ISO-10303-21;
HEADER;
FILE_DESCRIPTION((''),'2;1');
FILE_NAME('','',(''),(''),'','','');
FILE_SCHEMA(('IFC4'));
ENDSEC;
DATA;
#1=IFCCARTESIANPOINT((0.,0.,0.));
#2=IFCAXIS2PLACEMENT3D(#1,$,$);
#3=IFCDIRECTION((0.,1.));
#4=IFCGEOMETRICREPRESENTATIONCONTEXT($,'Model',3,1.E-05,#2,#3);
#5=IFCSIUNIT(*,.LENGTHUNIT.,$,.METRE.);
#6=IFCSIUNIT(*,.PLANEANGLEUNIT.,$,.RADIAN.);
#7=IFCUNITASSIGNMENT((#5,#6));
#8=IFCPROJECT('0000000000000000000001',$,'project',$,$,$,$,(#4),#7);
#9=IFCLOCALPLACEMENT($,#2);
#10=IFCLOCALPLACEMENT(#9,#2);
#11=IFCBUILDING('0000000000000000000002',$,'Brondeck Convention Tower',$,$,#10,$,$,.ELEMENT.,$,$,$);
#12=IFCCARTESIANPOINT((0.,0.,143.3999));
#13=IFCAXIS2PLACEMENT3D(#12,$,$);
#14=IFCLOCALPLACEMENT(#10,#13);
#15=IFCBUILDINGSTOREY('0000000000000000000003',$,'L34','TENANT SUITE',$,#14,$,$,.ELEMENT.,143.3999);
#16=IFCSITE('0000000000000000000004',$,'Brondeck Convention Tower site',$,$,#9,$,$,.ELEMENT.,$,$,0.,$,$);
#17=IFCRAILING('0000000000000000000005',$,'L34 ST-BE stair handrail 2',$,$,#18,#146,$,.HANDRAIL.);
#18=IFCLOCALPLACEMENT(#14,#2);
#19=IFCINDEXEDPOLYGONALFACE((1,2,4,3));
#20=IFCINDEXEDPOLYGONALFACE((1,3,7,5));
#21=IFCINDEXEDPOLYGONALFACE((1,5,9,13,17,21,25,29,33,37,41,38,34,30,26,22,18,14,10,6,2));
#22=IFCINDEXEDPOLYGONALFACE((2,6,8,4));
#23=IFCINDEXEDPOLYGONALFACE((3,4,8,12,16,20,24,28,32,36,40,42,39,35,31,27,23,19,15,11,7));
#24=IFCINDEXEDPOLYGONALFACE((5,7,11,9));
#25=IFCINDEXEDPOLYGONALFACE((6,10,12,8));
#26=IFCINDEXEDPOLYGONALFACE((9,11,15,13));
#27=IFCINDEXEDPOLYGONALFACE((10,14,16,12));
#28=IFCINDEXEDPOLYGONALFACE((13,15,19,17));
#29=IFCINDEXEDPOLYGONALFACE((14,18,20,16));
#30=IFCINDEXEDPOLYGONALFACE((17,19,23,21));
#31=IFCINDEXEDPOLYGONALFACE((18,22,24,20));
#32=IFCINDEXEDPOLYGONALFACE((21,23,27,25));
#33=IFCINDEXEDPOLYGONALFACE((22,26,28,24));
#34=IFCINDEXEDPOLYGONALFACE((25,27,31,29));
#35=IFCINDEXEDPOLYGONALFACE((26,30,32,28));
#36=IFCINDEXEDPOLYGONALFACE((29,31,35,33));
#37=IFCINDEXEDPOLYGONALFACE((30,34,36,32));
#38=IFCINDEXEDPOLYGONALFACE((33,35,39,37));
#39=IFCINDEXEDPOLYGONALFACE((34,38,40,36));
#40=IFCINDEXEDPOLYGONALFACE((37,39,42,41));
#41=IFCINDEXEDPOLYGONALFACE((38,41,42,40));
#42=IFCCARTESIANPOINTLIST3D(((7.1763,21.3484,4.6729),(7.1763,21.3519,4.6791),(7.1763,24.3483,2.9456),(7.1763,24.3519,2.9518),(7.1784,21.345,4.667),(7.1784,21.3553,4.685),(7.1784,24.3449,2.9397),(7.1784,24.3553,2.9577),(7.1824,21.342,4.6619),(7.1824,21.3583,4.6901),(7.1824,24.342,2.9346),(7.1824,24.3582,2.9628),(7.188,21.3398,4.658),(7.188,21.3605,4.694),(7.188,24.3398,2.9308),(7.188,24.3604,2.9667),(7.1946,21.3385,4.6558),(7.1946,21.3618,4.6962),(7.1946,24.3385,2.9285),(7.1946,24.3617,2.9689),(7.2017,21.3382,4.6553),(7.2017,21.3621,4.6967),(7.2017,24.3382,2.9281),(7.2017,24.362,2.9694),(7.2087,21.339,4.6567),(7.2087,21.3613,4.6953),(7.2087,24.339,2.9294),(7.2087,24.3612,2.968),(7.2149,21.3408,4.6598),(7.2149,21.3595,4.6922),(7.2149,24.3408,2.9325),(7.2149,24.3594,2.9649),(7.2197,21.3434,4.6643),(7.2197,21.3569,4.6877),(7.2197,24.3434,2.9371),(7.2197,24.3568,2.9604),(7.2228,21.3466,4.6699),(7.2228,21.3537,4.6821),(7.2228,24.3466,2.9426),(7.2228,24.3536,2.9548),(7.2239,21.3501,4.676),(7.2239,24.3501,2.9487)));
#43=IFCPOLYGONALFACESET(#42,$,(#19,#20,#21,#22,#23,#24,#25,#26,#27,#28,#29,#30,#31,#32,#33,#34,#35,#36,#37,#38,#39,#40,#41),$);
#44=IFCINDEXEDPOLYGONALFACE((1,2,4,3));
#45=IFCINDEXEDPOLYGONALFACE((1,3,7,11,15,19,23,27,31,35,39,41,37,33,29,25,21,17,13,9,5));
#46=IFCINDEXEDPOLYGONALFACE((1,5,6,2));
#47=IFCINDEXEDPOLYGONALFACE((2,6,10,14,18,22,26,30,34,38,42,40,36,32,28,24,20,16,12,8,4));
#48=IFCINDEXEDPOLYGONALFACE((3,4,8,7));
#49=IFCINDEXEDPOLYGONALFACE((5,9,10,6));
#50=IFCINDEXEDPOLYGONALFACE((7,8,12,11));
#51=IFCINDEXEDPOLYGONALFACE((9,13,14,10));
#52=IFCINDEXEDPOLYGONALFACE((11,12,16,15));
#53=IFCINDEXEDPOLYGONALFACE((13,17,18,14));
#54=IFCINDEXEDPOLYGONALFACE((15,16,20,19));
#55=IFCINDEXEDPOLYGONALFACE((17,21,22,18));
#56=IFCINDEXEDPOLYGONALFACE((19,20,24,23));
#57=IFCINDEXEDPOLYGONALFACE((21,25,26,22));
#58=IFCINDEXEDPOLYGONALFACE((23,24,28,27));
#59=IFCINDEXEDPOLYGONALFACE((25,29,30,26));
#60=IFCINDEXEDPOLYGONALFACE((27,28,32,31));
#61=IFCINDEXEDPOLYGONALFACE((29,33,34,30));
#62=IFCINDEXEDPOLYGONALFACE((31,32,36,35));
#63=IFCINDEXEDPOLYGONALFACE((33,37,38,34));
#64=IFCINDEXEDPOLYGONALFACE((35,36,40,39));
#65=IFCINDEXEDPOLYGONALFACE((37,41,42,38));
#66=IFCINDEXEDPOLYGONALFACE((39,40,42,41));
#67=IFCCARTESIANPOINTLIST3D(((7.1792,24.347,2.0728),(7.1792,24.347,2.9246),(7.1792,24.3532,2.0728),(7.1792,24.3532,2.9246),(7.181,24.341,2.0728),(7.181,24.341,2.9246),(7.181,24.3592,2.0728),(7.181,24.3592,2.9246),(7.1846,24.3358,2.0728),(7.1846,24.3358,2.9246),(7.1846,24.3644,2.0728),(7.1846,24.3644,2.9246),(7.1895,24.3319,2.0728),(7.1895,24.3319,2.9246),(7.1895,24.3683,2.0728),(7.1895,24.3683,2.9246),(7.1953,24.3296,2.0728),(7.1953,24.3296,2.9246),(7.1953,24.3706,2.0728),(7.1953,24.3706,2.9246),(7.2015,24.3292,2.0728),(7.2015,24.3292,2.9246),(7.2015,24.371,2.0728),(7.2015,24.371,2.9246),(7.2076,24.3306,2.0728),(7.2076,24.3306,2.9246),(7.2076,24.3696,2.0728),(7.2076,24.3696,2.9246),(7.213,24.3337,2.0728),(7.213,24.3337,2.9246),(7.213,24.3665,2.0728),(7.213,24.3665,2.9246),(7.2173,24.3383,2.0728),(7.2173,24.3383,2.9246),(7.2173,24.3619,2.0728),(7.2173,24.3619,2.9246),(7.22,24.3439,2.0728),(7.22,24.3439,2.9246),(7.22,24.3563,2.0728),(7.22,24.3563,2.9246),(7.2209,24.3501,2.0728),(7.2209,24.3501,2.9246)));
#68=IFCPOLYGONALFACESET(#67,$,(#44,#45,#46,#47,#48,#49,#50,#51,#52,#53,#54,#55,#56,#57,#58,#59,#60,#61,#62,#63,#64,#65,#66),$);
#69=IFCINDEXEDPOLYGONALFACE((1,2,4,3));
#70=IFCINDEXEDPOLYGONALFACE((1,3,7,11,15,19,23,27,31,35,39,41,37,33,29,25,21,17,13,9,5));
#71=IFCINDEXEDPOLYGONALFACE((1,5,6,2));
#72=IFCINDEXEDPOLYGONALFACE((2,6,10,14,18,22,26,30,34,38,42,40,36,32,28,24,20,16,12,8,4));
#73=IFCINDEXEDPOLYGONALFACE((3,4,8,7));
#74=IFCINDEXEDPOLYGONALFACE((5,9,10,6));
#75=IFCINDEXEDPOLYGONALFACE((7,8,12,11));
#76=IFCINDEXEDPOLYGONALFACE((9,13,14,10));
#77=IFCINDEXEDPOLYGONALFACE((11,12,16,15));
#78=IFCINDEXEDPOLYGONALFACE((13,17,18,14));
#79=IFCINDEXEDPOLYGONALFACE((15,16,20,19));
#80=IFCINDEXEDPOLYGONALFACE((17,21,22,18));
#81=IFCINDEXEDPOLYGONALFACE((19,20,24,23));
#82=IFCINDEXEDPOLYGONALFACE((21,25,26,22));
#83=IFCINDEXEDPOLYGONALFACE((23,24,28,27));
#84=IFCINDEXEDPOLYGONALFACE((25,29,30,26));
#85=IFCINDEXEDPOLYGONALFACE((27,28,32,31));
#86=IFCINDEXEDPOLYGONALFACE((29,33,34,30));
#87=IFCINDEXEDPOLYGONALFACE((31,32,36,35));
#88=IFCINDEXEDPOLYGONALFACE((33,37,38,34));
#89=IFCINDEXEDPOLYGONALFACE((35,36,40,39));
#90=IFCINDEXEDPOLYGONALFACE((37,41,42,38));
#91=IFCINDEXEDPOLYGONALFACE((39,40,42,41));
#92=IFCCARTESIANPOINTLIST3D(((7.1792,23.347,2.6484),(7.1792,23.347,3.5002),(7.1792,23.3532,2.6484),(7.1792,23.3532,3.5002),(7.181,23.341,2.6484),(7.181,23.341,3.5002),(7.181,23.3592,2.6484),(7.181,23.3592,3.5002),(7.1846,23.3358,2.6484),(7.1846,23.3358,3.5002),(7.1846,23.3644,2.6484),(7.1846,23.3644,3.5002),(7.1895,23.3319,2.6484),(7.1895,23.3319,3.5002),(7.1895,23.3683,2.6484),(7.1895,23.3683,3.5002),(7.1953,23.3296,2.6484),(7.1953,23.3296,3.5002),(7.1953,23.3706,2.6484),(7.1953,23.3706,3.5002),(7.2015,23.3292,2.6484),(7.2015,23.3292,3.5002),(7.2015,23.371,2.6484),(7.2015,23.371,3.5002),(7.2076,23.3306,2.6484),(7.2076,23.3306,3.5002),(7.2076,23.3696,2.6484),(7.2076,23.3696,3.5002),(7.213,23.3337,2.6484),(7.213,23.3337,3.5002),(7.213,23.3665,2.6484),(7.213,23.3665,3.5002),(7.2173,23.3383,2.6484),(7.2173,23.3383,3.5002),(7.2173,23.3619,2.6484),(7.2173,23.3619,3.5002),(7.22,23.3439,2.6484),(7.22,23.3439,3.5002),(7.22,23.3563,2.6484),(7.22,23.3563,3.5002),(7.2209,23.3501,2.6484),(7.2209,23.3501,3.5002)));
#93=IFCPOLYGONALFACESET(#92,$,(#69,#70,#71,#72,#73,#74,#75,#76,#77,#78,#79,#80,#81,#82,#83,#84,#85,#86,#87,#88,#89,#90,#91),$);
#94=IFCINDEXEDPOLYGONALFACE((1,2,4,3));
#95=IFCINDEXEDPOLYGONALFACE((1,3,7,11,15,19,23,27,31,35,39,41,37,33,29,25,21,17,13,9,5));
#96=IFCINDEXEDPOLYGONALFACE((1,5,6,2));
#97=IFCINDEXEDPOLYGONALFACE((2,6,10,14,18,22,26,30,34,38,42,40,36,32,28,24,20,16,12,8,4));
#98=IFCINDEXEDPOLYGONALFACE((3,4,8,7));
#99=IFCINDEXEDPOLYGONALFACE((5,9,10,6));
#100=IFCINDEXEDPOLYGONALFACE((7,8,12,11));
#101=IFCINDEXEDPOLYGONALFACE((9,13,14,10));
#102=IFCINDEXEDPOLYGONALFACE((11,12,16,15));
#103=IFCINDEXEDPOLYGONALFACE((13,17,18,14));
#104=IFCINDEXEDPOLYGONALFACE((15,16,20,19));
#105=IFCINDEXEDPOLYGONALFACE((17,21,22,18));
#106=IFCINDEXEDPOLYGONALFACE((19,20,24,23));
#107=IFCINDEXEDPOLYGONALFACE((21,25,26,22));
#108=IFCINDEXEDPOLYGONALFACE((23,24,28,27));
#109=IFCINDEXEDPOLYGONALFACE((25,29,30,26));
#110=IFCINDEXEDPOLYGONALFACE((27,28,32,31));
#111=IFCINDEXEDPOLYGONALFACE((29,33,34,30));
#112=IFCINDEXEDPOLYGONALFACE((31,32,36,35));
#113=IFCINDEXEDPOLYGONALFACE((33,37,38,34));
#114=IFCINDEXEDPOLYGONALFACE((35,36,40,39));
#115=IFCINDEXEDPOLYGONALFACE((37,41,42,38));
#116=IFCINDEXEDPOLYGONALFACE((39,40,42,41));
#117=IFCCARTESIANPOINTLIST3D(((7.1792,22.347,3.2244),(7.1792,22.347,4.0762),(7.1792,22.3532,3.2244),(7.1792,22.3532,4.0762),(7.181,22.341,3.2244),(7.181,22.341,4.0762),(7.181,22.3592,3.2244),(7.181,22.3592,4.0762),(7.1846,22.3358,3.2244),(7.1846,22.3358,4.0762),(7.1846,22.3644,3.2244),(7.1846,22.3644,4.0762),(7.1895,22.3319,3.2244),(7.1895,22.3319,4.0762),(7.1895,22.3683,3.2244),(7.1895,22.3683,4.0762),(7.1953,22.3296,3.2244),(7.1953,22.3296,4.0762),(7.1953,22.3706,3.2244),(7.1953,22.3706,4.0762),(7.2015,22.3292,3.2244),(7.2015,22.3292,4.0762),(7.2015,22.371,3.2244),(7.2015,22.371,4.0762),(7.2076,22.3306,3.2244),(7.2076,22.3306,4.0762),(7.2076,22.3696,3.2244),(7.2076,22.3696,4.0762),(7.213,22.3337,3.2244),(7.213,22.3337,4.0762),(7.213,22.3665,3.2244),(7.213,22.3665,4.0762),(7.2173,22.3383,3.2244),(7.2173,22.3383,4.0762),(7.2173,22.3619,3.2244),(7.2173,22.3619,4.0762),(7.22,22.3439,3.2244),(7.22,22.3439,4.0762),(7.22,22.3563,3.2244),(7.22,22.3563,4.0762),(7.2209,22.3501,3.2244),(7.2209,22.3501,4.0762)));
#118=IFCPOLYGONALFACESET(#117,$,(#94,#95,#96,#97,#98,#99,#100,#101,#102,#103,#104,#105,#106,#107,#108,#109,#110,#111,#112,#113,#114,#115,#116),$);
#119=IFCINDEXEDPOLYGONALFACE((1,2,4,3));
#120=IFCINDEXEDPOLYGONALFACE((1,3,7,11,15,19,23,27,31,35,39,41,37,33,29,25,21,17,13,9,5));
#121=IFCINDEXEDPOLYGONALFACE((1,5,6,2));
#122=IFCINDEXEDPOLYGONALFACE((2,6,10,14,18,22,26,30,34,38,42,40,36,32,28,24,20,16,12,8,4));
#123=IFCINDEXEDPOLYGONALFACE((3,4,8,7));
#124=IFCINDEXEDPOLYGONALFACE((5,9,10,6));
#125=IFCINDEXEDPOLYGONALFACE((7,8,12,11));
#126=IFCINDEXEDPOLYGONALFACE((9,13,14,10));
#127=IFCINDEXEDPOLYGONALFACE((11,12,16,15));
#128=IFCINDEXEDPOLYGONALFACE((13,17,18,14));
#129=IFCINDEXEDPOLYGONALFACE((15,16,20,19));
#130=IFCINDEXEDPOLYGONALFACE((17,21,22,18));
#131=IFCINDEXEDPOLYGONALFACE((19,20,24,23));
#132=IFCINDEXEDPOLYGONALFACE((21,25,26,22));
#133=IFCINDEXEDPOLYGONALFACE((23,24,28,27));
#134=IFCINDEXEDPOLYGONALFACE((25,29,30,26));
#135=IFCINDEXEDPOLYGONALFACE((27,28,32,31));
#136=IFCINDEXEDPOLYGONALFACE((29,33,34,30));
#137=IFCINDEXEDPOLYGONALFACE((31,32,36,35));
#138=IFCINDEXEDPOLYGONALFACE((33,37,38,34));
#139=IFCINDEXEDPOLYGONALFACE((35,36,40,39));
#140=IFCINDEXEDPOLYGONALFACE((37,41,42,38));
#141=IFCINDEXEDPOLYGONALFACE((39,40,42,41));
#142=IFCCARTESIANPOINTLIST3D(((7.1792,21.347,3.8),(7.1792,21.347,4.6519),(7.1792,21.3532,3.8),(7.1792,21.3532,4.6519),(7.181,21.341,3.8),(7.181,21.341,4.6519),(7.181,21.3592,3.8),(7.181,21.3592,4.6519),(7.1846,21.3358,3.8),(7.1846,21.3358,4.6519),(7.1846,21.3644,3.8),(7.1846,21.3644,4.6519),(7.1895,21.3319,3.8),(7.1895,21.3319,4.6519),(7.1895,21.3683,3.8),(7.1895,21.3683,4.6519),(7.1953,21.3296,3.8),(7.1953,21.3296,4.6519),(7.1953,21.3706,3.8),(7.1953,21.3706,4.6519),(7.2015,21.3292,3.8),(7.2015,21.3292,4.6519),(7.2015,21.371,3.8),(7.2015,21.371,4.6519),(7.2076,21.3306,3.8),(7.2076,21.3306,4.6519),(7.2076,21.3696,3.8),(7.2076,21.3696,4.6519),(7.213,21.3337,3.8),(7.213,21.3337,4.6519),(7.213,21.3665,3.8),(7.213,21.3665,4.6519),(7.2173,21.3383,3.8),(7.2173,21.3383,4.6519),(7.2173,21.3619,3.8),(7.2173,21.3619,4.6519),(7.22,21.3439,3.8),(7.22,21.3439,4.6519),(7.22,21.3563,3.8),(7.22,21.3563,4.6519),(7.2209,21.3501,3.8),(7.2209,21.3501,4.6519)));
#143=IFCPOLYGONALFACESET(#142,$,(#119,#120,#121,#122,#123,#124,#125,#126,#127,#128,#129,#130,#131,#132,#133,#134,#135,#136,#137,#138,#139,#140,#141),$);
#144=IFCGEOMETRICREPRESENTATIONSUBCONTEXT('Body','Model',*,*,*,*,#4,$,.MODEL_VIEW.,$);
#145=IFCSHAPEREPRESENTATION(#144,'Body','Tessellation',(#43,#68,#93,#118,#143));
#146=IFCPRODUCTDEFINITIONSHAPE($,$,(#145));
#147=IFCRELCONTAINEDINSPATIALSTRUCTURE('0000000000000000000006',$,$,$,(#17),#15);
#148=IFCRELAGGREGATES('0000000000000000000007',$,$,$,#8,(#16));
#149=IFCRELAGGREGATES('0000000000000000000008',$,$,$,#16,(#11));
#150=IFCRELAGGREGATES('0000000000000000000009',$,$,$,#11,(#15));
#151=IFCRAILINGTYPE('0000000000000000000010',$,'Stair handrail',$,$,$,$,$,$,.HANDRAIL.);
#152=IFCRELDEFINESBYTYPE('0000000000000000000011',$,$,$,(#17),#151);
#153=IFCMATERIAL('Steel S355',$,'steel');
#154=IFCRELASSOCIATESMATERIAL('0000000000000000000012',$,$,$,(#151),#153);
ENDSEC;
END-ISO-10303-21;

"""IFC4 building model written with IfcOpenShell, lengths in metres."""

from ifc_helpers import new_model, si_unit, direction, frame, origin, origin_2d, place, context, subcontext, project, spatial, circle, extrude, material, type_object, element, save


model = new_model("IFC4")

# Units and contexts
model_context = context("Model", 3, precision=1e-05, world=origin(), true_north=direction((0.0, 1.0)))
body_context = subcontext(model_context, "Body", "Model", "MODEL_VIEW")
ifc_project = project(units=[si_unit("LENGTHUNIT", "METRE"), si_unit("PLANEANGLEUNIT", "RADIAN")], contexts=[model_context])

# Site, building, storey
site_placement = place(None, origin())
site = spatial("IfcSite", under=ifc_project, at=site_placement, Name="Brondeck Convention Tower site", CompositionType="ELEMENT", RefElevation=0.0)
building_placement = place(site_placement, origin())
building = spatial("IfcBuilding", under=site, at=building_placement, Name="Brondeck Convention Tower", CompositionType="ELEMENT")
storey_placement = place(building_placement, frame((0.0, 0.0, 143.3999)))
storey = spatial("IfcBuildingStorey", under=building, at=storey_placement, Name="L34", Description="TENANT SUITE", CompositionType="ELEMENT", Elevation=143.3999)

# Shared definitions
ifc_material_1 = material(Name="Steel S355", Category="steel")

# Railing
railing_type_1 = type_object("IfcRailingType", Name="Stair handrail", PredefinedType="HANDRAIL", material=ifc_material_1)
railing_1_placement = place(storey_placement, frame((7.2, 24.3501, 2.0728)))
element("IfcRailing", 1, at=railing_1_placement, inside=storey, type_object=railing_type_1, Name="L34 ST-BE stair handrail 2", PredefinedType="HANDRAIL", context=body_context, shape_type="SweptSolid", body=[
    extrude(circle(Radius=0.0239, at=origin_2d()), frame((0.0, 0.0, 0.876), z_axis=(0.0, -0.86662, 0.498969), x_axis=(1.0, 0.0, 0.0)), (0.0, 0.0, 1.0), 3.4617),
    extrude(circle(Radius=0.021, at=origin_2d()), origin(), (0.0, 0.0, 1.0), 0.8518),
    extrude(circle(Radius=0.021, at=origin_2d()), frame((0.0, -1.0, 0.5757)), (0.0, 0.0, 1.0), 0.8518),
    extrude(circle(Radius=0.021, at=origin_2d()), frame((0.0, -2.0, 1.1516)), (0.0, 0.0, 1.0), 0.8518),
    extrude(circle(Radius=0.021, at=origin_2d()), frame((0.0, -3.0, 1.7273)), (0.0, 0.0, 1.0), 0.8518),
])

save(model, "model.ifc")
